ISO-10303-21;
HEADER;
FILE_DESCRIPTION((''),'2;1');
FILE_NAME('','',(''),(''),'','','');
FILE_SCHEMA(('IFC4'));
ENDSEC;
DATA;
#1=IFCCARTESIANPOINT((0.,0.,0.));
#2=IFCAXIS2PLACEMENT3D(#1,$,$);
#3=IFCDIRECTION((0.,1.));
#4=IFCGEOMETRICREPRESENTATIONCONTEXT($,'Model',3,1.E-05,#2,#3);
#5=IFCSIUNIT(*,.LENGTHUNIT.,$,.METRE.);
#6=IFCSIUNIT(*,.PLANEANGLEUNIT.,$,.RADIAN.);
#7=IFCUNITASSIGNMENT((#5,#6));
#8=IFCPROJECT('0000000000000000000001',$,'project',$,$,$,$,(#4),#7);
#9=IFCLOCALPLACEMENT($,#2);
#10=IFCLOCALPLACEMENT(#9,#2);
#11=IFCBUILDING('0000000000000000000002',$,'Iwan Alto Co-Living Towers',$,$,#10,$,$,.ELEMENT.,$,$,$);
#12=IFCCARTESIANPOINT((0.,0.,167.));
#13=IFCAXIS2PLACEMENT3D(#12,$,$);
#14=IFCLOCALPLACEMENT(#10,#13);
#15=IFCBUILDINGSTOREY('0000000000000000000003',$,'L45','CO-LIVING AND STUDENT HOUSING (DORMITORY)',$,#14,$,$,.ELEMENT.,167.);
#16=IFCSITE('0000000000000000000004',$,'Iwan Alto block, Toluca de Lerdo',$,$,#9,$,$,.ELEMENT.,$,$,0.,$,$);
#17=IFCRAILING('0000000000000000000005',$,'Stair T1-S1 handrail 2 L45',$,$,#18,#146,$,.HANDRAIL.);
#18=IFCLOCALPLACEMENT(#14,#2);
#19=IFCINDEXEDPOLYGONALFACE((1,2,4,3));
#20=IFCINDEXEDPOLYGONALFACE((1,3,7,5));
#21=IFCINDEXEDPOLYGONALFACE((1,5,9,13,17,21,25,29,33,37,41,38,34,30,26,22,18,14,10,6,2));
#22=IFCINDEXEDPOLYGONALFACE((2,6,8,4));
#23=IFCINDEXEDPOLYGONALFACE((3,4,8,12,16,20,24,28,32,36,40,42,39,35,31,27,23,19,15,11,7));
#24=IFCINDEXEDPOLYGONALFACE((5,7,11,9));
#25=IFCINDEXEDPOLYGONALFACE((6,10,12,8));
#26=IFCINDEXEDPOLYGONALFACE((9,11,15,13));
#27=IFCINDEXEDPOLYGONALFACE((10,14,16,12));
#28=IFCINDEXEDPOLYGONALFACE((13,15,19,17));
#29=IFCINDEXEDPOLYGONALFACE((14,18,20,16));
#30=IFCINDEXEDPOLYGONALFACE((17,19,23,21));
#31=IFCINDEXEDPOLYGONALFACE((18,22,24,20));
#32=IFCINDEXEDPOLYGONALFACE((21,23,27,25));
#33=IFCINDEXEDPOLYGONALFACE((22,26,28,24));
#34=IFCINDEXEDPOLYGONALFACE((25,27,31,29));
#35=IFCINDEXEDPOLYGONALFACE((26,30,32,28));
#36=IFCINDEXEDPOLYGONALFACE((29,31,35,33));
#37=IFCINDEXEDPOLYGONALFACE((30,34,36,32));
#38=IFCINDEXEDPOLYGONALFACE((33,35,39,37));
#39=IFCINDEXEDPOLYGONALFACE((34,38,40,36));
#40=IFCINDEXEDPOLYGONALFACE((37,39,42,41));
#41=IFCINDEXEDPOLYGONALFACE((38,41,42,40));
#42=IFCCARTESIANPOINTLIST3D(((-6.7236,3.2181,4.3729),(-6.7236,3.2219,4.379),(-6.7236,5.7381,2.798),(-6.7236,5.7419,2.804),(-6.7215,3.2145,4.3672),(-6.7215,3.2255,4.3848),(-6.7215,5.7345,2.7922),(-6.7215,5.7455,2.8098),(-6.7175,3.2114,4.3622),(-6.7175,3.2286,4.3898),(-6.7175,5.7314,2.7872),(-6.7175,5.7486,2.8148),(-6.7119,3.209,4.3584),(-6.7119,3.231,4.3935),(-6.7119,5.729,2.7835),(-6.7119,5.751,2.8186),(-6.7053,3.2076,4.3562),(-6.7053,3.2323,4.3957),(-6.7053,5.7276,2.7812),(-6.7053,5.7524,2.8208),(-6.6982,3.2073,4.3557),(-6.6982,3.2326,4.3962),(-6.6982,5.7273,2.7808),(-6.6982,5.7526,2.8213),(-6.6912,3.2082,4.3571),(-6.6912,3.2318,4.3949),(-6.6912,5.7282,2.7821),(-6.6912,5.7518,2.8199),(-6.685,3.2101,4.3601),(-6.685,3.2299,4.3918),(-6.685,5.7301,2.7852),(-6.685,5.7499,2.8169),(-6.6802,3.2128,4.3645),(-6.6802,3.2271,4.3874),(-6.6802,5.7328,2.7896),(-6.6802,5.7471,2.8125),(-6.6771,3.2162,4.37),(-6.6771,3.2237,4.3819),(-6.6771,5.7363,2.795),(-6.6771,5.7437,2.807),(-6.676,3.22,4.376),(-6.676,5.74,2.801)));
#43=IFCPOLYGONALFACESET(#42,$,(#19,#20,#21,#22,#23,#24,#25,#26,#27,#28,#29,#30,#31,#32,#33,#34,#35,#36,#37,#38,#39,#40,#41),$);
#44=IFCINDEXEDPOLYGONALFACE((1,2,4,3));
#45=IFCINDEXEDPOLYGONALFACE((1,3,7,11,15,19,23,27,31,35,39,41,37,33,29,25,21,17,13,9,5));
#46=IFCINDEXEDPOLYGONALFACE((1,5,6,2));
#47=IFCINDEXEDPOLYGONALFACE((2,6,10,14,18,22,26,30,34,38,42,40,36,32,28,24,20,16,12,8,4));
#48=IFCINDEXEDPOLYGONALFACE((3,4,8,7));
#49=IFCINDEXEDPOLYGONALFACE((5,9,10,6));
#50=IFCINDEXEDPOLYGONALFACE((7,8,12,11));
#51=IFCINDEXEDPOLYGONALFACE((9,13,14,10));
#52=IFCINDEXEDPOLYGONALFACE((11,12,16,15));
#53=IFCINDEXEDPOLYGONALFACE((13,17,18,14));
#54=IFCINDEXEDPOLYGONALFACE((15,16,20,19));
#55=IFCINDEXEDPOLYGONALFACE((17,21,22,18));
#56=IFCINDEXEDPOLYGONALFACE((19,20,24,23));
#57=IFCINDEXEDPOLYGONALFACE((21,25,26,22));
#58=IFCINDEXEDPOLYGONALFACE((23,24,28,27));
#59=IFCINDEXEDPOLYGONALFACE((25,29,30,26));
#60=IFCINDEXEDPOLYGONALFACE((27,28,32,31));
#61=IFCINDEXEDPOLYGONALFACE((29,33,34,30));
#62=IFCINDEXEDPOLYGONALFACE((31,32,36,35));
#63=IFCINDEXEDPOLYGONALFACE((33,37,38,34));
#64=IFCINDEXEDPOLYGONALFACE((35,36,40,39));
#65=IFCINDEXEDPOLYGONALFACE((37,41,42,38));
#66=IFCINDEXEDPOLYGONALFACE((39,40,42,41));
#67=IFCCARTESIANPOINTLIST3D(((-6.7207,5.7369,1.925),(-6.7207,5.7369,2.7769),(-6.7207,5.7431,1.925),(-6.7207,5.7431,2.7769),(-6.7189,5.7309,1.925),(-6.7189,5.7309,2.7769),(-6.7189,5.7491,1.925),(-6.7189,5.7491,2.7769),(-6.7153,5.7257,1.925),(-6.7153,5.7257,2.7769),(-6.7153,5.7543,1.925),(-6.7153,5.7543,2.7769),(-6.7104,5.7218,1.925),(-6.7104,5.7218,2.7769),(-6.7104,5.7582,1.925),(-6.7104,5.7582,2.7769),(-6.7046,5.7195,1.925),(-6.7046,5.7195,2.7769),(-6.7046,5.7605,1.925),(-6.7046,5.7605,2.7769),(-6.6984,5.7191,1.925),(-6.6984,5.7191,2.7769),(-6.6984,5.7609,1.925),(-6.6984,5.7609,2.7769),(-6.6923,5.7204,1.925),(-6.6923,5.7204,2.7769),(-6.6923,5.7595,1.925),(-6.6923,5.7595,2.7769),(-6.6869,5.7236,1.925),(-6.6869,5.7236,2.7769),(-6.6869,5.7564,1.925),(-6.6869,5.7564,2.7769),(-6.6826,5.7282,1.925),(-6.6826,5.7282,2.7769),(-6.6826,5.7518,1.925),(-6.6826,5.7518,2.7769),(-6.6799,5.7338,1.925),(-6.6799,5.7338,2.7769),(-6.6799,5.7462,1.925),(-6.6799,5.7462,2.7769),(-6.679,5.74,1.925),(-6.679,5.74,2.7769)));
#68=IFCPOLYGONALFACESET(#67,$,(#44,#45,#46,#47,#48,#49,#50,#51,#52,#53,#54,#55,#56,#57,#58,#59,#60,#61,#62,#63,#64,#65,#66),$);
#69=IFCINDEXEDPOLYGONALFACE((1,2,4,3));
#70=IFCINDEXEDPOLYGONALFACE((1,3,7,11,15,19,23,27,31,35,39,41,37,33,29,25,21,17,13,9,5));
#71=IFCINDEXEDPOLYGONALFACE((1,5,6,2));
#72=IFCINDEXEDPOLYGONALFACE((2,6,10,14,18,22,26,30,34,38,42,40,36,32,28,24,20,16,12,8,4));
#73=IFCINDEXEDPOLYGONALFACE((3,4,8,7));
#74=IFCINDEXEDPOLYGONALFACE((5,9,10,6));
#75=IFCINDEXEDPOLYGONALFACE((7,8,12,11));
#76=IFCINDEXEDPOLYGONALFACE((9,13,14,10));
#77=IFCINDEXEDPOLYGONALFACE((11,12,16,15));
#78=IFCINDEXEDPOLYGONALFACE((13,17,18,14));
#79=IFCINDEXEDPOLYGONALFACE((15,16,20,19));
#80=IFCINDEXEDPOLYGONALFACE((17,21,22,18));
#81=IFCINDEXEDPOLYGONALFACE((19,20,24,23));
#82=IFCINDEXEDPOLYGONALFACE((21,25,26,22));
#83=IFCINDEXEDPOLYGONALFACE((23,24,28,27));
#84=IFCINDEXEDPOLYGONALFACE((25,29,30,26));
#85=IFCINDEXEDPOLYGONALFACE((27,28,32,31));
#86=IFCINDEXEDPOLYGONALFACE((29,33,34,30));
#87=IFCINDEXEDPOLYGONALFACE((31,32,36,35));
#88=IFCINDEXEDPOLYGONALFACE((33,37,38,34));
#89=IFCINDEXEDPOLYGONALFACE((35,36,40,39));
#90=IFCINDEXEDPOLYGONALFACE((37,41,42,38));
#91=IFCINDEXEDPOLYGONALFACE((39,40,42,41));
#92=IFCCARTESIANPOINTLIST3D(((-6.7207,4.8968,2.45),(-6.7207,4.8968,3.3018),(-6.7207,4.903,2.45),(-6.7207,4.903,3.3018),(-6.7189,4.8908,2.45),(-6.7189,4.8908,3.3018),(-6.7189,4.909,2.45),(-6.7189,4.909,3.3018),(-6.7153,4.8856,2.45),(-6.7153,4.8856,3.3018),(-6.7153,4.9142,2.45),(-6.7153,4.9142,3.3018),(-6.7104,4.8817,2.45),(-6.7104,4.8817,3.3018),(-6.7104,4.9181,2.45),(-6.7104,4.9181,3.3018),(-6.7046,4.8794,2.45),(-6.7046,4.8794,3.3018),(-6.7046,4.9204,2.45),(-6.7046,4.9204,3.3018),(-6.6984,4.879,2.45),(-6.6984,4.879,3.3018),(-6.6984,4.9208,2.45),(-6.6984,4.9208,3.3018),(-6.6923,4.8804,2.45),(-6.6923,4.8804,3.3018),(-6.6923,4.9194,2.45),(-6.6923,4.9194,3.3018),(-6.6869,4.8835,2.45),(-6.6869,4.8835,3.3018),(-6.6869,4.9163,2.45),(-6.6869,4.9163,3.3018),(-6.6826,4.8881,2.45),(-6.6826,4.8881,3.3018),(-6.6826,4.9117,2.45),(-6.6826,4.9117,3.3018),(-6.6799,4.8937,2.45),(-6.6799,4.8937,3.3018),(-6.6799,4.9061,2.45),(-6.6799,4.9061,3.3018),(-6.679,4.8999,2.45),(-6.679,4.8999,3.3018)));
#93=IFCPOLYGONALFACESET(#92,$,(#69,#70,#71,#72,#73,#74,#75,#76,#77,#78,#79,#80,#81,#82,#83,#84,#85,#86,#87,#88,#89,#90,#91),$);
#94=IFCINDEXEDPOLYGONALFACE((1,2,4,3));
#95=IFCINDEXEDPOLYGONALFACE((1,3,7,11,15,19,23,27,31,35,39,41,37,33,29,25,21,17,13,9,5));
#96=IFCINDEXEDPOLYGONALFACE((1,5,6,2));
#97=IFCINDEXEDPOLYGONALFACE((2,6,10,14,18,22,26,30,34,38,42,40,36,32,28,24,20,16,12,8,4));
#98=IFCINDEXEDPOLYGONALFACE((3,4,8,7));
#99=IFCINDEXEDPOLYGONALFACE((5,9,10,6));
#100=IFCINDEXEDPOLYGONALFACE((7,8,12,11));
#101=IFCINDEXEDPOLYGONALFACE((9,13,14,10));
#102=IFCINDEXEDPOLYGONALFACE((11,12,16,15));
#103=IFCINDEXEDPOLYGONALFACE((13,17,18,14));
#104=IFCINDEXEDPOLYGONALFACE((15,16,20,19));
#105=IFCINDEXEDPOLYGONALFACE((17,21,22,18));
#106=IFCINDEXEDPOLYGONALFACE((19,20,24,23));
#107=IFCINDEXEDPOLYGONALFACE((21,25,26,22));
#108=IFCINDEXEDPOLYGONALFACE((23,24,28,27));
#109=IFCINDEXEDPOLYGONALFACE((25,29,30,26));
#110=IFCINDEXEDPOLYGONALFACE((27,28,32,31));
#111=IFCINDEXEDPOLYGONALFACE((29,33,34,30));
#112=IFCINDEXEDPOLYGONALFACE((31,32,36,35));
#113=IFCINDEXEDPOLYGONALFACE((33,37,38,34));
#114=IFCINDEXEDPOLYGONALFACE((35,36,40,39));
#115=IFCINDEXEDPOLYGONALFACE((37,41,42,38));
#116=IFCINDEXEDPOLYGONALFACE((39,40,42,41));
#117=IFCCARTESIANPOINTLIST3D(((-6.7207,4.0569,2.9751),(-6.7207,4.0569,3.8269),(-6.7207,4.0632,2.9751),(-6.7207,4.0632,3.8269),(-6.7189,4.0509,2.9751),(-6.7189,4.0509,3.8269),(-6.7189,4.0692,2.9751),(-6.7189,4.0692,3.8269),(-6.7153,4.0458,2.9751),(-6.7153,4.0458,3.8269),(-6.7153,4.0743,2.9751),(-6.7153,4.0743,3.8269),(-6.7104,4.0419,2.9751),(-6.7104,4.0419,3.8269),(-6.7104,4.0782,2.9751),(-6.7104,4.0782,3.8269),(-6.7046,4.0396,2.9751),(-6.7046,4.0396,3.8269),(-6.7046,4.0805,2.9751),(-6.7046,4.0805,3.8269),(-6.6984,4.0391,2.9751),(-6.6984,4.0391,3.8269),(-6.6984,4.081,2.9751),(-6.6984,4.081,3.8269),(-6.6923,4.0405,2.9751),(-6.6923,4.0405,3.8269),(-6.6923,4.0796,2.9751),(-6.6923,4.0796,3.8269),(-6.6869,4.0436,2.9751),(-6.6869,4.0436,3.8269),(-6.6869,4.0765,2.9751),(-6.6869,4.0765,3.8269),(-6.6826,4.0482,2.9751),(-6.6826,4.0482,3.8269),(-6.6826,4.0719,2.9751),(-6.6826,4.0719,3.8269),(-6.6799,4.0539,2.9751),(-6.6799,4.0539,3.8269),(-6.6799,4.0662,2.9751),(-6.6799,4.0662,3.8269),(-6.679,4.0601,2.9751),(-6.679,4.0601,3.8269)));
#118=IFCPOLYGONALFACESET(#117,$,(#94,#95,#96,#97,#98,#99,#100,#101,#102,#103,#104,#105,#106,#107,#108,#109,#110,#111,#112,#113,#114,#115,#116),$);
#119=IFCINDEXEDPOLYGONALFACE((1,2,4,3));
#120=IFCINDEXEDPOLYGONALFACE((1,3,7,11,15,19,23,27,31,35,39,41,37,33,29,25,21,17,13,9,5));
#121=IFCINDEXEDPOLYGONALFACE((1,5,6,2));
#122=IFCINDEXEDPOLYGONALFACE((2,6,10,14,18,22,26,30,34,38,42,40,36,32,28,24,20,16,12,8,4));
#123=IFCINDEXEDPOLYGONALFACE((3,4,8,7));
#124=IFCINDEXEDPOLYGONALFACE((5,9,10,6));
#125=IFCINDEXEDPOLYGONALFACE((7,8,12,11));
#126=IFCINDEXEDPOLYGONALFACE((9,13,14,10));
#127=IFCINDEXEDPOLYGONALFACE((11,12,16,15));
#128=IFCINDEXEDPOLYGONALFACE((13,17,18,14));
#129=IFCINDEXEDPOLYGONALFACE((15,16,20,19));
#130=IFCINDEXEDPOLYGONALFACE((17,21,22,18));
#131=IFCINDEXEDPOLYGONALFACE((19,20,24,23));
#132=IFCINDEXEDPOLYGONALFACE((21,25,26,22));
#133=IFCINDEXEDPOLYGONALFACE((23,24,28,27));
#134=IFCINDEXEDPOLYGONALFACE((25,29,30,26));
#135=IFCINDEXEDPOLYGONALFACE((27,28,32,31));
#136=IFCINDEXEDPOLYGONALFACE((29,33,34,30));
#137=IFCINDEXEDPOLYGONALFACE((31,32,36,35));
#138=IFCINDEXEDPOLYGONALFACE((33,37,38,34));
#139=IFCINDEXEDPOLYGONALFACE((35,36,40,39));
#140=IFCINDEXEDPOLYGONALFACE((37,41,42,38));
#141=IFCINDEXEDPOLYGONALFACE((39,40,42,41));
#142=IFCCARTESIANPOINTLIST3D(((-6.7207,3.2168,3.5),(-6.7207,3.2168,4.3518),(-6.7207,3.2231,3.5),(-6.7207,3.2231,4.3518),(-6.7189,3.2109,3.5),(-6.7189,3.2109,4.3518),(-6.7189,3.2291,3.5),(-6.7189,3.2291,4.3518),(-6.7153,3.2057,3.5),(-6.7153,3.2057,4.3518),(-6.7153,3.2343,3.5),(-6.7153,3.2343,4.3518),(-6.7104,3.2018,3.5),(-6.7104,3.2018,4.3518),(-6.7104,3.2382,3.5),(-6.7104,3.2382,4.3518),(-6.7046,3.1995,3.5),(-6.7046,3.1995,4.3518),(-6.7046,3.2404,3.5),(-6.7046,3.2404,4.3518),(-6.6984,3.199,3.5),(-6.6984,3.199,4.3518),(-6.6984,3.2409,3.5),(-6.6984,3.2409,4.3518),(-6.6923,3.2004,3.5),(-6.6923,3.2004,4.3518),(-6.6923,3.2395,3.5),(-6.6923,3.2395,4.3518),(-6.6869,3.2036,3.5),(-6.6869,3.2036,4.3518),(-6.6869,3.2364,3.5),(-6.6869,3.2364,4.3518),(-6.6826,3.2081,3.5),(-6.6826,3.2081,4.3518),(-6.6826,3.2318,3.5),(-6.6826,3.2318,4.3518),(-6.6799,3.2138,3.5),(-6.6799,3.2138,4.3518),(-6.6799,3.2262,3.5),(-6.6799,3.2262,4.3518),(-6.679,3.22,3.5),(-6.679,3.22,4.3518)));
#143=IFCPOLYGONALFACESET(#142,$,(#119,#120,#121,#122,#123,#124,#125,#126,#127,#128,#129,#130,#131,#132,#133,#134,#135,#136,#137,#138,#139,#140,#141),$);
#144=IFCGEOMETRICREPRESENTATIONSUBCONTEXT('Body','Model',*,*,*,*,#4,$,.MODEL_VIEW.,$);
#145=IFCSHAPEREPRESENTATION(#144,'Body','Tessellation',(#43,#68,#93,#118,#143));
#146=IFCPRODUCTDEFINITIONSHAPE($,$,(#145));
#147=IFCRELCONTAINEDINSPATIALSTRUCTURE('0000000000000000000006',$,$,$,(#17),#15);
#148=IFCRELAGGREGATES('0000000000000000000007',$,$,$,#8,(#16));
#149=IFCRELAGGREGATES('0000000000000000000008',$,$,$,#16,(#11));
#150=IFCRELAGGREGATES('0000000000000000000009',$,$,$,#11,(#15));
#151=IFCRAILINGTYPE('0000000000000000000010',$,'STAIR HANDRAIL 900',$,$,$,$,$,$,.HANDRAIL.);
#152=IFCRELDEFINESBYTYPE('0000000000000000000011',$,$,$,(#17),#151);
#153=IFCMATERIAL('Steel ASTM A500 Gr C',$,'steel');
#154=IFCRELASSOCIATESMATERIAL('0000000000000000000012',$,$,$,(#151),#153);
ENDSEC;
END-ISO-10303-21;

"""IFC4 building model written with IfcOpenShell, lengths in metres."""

from ifc_helpers import new_model, si_unit, direction, frame, origin, origin_2d, place, context, subcontext, project, spatial, circle, extrude, material, type_object, element, save


model = new_model("IFC4")

# Units and contexts
model_context = context("Model", 3, precision=1e-05, world=origin(), true_north=direction((0.0, 1.0)))
body_context = subcontext(model_context, "Body", "Model", "MODEL_VIEW")
ifc_project = project(units=[si_unit("LENGTHUNIT", "METRE"), si_unit("PLANEANGLEUNIT", "RADIAN")], contexts=[model_context])

# Site, building, storey
site_placement = place(None, origin())
site = spatial("IfcSite", under=ifc_project, at=site_placement, Name="Iwan Alto block, Toluca de Lerdo", CompositionType="ELEMENT", RefElevation=0.0)
building_placement = place(site_placement, origin())
building = spatial("IfcBuilding", under=site, at=building_placement, Name="Iwan Alto Co-Living Towers", CompositionType="ELEMENT")
storey_placement = place(building_placement, frame((0.0, 0.0, 167.0)))
storey = spatial("IfcBuildingStorey", under=building, at=storey_placement, Name="L45", Description="CO-LIVING AND STUDENT HOUSING (DORMITORY)", CompositionType="ELEMENT", Elevation=167.0)

# Railing
ifc_material_1 = material(Name="Steel ASTM A500 Gr C", Category="steel")
railing_type_1 = type_object("IfcRailingType", Name="STAIR HANDRAIL 900", PredefinedType="HANDRAIL", material=ifc_material_1)
railing_1_placement = place(storey_placement, frame((-6.7, 5.74, 1.925)))
element("IfcRailing", 1, at=railing_1_placement, inside=storey, type_object=railing_type_1, Name="Stair T1-S1 handrail 2 L45", PredefinedType="HANDRAIL", context=body_context, shape_type="SweptSolid", body=[
    extrude(circle(Radius=0.0239, at=origin_2d()), frame((0.0, 0.0, 0.876), z_axis=(0.0, -0.848008, 0.529984), x_axis=(1.0, 0.0, 0.0)), (0.0, 0.0, 1.0), 2.9717),
    extrude(circle(Radius=0.021, at=origin_2d()), origin(), (0.0, 0.0, 1.0), 0.8518),
    extrude(circle(Radius=0.021, at=origin_2d()), frame((0.0, -0.8401, 0.5249)), (0.0, 0.0, 1.0), 0.8518),
    extrude(circle(Radius=0.021, at=origin_2d()), frame((0.0, -1.6799, 1.05)), (0.0, 0.0, 1.0), 0.8518),
    extrude(circle(Radius=0.021, at=origin_2d()), frame((0.0, -2.52, 1.575)), (0.0, 0.0, 1.0), 0.8518),
])

save(model, "model.ifc")
